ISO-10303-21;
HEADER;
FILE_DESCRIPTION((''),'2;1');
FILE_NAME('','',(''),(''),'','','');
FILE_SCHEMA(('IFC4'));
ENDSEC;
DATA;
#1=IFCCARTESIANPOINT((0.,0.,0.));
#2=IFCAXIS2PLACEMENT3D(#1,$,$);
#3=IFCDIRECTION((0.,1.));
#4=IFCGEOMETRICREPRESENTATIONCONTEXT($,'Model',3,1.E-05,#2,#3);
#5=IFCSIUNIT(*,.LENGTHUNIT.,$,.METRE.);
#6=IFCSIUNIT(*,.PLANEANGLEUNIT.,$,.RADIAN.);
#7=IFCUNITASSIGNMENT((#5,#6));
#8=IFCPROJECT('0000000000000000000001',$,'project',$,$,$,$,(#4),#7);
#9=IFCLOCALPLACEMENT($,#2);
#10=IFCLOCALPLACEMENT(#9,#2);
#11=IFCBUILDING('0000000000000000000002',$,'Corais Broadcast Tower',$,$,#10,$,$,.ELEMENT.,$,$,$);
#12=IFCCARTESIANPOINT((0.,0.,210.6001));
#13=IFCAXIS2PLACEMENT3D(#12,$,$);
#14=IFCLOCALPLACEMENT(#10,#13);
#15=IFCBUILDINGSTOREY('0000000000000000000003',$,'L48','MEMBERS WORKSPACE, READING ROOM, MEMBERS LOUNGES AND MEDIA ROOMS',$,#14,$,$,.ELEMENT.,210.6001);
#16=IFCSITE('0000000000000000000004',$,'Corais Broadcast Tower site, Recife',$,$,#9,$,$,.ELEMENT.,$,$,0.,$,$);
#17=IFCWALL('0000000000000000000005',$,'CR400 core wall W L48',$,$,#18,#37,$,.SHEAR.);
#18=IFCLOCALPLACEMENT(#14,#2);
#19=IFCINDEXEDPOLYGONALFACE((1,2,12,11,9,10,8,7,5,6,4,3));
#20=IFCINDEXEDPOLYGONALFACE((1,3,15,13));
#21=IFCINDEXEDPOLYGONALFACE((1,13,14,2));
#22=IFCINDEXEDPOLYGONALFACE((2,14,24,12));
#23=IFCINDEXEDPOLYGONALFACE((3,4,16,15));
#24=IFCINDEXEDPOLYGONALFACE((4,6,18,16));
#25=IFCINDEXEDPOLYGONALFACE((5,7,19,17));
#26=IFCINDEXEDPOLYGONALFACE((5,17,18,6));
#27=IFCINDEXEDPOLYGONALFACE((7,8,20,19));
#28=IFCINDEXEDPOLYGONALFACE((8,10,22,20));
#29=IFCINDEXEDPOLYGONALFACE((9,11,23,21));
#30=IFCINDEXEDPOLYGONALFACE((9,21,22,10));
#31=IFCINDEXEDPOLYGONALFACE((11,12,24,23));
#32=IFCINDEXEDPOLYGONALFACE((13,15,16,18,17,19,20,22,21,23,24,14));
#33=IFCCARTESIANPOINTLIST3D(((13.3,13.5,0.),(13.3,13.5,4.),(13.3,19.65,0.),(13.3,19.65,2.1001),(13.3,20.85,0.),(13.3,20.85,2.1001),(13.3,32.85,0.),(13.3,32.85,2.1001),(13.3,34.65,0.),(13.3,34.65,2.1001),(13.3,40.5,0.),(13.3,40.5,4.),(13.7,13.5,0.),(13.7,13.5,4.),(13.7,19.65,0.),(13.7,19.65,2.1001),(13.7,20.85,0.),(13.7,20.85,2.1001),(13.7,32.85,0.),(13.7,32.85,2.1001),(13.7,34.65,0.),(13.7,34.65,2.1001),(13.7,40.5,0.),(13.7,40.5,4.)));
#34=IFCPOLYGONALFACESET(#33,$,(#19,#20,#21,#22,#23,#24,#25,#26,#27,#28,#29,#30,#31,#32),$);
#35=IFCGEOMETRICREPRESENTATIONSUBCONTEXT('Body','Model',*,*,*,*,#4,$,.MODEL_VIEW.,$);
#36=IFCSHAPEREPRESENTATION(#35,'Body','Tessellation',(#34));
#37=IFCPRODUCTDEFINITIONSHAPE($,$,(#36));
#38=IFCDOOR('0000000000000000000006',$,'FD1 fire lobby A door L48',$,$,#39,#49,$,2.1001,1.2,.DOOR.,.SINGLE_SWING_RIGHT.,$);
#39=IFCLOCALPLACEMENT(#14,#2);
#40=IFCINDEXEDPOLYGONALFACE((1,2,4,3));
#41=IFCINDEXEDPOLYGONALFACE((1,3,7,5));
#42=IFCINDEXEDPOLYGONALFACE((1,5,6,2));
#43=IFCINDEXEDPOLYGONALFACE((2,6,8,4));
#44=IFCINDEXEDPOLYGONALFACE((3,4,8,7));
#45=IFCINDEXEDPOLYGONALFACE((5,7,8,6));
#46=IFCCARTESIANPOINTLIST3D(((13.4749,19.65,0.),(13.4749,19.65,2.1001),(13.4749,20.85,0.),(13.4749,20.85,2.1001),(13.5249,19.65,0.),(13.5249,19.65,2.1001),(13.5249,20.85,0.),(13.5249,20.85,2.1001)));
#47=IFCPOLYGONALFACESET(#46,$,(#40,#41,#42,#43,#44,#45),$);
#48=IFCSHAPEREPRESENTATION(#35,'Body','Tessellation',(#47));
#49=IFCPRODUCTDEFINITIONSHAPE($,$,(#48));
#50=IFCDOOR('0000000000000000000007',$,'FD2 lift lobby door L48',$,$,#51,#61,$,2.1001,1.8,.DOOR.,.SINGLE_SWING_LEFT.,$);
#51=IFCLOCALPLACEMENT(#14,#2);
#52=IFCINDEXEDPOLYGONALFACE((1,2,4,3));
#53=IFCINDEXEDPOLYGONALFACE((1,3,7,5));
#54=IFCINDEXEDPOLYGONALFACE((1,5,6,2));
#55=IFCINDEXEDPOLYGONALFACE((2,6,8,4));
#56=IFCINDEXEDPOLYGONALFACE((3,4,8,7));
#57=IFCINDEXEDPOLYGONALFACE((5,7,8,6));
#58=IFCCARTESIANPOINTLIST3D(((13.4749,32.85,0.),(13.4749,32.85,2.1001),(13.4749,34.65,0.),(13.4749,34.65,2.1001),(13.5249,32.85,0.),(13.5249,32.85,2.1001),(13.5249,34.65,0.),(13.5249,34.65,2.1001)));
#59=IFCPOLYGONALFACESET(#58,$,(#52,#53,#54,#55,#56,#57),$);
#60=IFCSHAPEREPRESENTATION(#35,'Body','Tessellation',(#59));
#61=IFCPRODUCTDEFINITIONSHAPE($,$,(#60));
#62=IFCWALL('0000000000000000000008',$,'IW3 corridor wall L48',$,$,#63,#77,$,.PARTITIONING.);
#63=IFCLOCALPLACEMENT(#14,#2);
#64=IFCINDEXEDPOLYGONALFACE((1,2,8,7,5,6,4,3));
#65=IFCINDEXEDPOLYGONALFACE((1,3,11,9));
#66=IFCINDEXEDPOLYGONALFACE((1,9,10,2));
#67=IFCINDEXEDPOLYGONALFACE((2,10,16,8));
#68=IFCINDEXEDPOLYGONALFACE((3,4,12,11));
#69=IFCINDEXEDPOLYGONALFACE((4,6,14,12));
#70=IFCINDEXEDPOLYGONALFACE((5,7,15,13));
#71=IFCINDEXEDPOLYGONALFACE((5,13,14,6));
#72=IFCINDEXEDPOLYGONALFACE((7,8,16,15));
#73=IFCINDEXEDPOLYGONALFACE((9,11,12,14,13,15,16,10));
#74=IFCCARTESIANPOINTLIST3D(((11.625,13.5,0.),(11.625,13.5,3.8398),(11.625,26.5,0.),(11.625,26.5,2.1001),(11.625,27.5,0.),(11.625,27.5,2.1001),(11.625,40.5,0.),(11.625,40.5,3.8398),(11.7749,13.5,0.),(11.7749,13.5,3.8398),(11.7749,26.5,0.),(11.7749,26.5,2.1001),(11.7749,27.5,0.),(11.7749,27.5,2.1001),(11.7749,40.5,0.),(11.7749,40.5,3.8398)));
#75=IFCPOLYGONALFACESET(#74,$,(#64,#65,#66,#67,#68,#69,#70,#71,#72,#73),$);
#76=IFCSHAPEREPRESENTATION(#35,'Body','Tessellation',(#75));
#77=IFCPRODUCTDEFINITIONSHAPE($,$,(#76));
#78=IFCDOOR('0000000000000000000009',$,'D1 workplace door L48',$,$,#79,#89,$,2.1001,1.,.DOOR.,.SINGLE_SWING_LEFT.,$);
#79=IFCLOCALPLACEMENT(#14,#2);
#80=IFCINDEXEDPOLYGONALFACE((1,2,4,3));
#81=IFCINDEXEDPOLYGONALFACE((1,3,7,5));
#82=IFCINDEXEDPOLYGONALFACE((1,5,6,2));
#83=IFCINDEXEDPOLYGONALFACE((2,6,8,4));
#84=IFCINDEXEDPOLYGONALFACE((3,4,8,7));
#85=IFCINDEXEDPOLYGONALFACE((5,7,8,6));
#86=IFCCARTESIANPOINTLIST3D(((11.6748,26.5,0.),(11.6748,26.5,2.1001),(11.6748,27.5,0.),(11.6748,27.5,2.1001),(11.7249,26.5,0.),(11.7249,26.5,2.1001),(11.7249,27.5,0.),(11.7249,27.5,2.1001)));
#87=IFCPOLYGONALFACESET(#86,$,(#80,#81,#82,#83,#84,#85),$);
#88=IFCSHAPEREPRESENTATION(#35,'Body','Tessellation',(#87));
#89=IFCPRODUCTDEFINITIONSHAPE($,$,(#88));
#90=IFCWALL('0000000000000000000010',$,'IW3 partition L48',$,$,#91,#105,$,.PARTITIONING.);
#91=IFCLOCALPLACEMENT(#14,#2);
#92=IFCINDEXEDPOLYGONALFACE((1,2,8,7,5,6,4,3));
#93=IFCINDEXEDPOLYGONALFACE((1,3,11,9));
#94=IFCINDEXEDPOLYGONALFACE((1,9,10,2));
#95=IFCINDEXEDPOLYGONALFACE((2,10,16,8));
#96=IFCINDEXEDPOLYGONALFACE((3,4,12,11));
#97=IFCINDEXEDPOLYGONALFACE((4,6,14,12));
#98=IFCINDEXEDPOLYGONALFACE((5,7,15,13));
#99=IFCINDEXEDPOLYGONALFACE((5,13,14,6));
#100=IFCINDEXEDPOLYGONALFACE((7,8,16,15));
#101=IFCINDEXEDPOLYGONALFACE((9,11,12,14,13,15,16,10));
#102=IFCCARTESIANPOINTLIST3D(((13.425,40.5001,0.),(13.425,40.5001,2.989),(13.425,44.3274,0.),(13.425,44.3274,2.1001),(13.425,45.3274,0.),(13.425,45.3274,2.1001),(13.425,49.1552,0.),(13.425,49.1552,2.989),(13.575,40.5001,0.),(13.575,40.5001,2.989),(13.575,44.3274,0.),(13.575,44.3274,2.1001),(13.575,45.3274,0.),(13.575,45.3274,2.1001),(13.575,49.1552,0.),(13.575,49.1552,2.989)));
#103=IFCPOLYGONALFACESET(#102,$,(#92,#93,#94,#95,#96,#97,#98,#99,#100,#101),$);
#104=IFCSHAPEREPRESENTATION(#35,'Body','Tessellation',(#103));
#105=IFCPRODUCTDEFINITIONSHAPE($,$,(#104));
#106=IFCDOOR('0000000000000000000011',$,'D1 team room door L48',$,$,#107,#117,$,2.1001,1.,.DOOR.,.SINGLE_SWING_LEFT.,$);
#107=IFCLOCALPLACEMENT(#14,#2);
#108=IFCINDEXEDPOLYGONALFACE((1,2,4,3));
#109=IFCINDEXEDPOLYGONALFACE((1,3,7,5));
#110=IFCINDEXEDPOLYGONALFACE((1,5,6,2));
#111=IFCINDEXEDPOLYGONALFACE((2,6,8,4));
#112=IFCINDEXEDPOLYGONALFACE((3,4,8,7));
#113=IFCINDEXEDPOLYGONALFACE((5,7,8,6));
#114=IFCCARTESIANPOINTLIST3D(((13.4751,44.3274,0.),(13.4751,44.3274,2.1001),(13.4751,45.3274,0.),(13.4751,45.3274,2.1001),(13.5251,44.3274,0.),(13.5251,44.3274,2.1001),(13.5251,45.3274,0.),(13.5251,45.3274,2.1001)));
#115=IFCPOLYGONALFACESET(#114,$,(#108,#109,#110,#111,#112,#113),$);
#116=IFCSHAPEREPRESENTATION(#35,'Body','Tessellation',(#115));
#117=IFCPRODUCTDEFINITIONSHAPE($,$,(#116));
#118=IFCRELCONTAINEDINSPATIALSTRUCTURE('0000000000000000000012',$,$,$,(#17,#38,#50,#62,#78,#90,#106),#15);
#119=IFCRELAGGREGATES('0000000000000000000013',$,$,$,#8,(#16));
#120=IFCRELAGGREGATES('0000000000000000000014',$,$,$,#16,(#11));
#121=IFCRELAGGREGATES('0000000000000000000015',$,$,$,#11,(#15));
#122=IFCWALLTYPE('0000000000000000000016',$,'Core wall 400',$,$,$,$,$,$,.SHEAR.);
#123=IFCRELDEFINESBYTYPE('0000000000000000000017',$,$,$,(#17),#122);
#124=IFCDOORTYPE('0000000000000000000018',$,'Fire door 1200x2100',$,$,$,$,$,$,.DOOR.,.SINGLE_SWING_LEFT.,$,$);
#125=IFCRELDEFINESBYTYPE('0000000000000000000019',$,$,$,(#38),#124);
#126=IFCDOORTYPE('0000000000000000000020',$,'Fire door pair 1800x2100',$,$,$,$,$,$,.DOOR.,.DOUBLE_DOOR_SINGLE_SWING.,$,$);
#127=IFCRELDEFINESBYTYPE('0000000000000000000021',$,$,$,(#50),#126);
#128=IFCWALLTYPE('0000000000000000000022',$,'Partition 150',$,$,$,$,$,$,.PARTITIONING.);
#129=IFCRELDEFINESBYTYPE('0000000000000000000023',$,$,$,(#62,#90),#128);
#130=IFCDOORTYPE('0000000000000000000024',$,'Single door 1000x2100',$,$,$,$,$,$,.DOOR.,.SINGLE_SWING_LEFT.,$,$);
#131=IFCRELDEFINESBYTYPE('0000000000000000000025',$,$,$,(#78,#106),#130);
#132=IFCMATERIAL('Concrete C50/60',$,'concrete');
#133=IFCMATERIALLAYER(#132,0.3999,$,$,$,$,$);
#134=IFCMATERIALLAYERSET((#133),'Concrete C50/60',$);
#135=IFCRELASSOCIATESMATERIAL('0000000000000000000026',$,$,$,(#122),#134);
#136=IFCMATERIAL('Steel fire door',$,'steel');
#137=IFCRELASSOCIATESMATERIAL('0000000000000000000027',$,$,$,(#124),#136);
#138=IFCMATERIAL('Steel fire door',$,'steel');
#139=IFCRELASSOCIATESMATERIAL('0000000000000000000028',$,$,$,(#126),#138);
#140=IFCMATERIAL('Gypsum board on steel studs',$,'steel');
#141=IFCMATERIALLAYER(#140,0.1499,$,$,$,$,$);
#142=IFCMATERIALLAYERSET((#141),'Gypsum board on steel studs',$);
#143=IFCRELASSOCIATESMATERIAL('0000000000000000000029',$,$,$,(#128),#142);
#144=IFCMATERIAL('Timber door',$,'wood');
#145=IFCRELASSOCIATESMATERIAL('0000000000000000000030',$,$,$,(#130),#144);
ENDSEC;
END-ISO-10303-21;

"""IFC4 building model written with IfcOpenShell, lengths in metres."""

from ifc_helpers import new_model, si_unit, direction, frame, frame_2d, origin, place, context, subcontext, project, spatial, rectangle, extrude, material, layer, layer_set, type_object, element, fill, save


model = new_model("IFC4")

# Units and contexts
model_context = context("Model", 3, precision=1e-05, world=origin(), true_north=direction((0.0, 1.0)))
body_context = subcontext(model_context, "Body", "Model", "MODEL_VIEW")
ifc_project = project(units=[si_unit("LENGTHUNIT", "METRE"), si_unit("PLANEANGLEUNIT", "RADIAN")], contexts=[model_context])

# Site, building, storey
site_placement = place(None, origin())
site = spatial("IfcSite", under=ifc_project, at=site_placement, Name="Corais Broadcast Tower site, Recife", CompositionType="ELEMENT", RefElevation=0.0)
building_placement = place(site_placement, origin())
building = spatial("IfcBuilding", under=site, at=building_placement, Name="Corais Broadcast Tower", CompositionType="ELEMENT")
storey_placement = place(building_placement, frame((0.0, 0.0, 210.6001)))
storey = spatial("IfcBuildingStorey", under=building, at=storey_placement, Name="L48", Description="MEMBERS WORKSPACE, READING ROOM, MEMBERS LOUNGES AND MEDIA ROOMS", CompositionType="ELEMENT", Elevation=210.6001)

# Wall, openings, doors
ifc_material_1 = material(Name="Concrete C50/60", Category="concrete")
ifc_layer_1 = layer(ifc_material_1, 0.3999)
ifc_layer_set_1 = layer_set([ifc_layer_1], Name="Concrete C50/60")
wall_type_1 = type_object("IfcWallType", Name="Core wall 400", PredefinedType="SHEAR", material=ifc_layer_set_1)
wall_1_placement = place(storey_placement, frame((13.5, 40.5, 0.0), z_axis=(0.0, 0.0, 1.0), x_axis=(0.0, -1.0, 0.0)))
wall_1 = element("IfcWall", 1, at=wall_1_placement, inside=storey, type_object=wall_type_1, Name="CR400 core wall W L48", PredefinedType="SHEAR", context=body_context, shape_type="SweptSolid", body=[
    extrude(rectangle(XDim=27.0, YDim=0.3999, at=frame_2d((13.5, 0.0))), origin(), (0.0, 0.0, 1.0), 4.0),
])
opening_1_placement = place(wall_1_placement, frame((19.6499, 0.0, 0.0)))
opening_1 = element("IfcOpeningElement", 2, at=opening_1_placement, cuts=wall_1, PredefinedType="OPENING", context=body_context, shape_type="SweptSolid", body=[
    extrude(rectangle(XDim=1.2, YDim=2.1001, at=frame_2d((0.6001, 1.05))), frame((0.0, 0.21, 0.0), z_axis=(0.0, -1.0, 0.0), x_axis=(1.0, 0.0, 0.0)), (0.0, 0.0, 1.0), 0.4199),
])
opening_2_placement = place(wall_1_placement, frame((5.8501, 0.0, 0.0)))
opening_2 = element("IfcOpeningElement", 3, at=opening_2_placement, cuts=wall_1, PredefinedType="OPENING", context=body_context, shape_type="SweptSolid", body=[
    extrude(rectangle(XDim=1.8, YDim=2.1001, at=frame_2d((0.8999, 1.05))), frame((0.0, 0.21, 0.0), z_axis=(0.0, -1.0, 0.0), x_axis=(1.0, 0.0, 0.0)), (0.0, 0.0, 1.0), 0.4199),
])
ifc_material_2 = material(Name="Steel fire door", Category="steel")
door_type_1 = type_object("IfcDoorType", Name="Fire door 1200x2100", OperationType="SINGLE_SWING_LEFT", PredefinedType="DOOR", material=ifc_material_2)
door_1_placement = place(opening_1_placement, origin())
door_1 = element("IfcDoor", 4, at=door_1_placement, inside=storey, type_object=door_type_1, Name="FD1 fire lobby A door L48", OperationType="SINGLE_SWING_RIGHT", OverallHeight=2.1001, OverallWidth=1.2, PredefinedType="DOOR", context=body_context, shape_type="SweptSolid", body=[
    extrude(rectangle(XDim=1.2, YDim=2.1001, at=frame_2d((0.6001, 1.05))), frame((0.0, 0.0249, 0.0), z_axis=(0.0, -1.0, 0.0), x_axis=(1.0, 0.0, 0.0)), (0.0, 0.0, 1.0), 0.05),
])
fill(opening_1, door_1)
ifc_material_3 = material(Name="Steel fire door", Category="steel")
door_type_2 = type_object("IfcDoorType", Name="Fire door pair 1800x2100", OperationType="DOUBLE_DOOR_SINGLE_SWING", PredefinedType="DOOR", material=ifc_material_3)
door_2_placement = place(opening_2_placement, origin())
door_2 = element("IfcDoor", 5, at=door_2_placement, inside=storey, type_object=door_type_2, Name="FD2 lift lobby door L48", OperationType="SINGLE_SWING_LEFT", OverallHeight=2.1001, OverallWidth=1.8, PredefinedType="DOOR", context=body_context, shape_type="SweptSolid", body=[
    extrude(rectangle(XDim=1.8, YDim=2.1001, at=frame_2d((0.8999, 1.05))), frame((0.0, 0.0249, 0.0), z_axis=(0.0, -1.0, 0.0), x_axis=(1.0, 0.0, 0.0)), (0.0, 0.0, 1.0), 0.05),
])
fill(opening_2, door_2)

# Walls, openings, doors
ifc_material_4 = material(Name="Gypsum board on steel studs", Category="steel")
ifc_layer_2 = layer(ifc_material_4, 0.1499)
ifc_layer_set_2 = layer_set([ifc_layer_2], Name="Gypsum board on steel studs")
wall_type_2 = type_object("IfcWallType", Name="Partition 150", PredefinedType="PARTITIONING", material=ifc_layer_set_2)
wall_2_placement = place(storey_placement, frame((11.7, 40.5, 0.0), z_axis=(0.0, 0.0, 1.0), x_axis=(0.0, -1.0, 0.0)))
wall_2 = element("IfcWall", 6, at=wall_2_placement, inside=storey, type_object=wall_type_2, Name="IW3 corridor wall L48", PredefinedType="PARTITIONING", context=body_context, shape_type="SweptSolid", body=[
    extrude(rectangle(XDim=27.0, YDim=0.1499, at=frame_2d((13.5, 0.0))), origin(), (0.0, 0.0, 1.0), 3.8398),
])
opening_3_placement = place(wall_2_placement, frame((13.0, 0.0, 0.0)))
opening_3 = element("IfcOpeningElement", 7, at=opening_3_placement, cuts=wall_2, PredefinedType="OPENING", context=body_context, shape_type="SweptSolid", body=[
    extrude(rectangle(XDim=1.0, YDim=2.1001, at=frame_2d((0.5, 1.05))), frame((0.0, 0.085, 0.0), z_axis=(0.0, -1.0, 0.0), x_axis=(1.0, 0.0, 0.0)), (0.0, 0.0, 1.0), 0.1699),
])
ifc_material_5 = material(Name="Timber door", Category="wood")
door_type_3 = type_object("IfcDoorType", Name="Single door 1000x2100", OperationType="SINGLE_SWING_LEFT", PredefinedType="DOOR", material=ifc_material_5)
door_3_placement = place(opening_3_placement, origin())
door_3 = element("IfcDoor", 8, at=door_3_placement, inside=storey, type_object=door_type_3, Name="D1 workplace door L48", OperationType="SINGLE_SWING_LEFT", OverallHeight=2.1001, OverallWidth=1.0, PredefinedType="DOOR", context=body_context, shape_type="SweptSolid", body=[
    extrude(rectangle(XDim=1.0, YDim=2.1001, at=frame_2d((0.5, 1.05))), frame((0.0, 0.0249, 0.0), z_axis=(0.0, -1.0, 0.0), x_axis=(1.0, 0.0, 0.0)), (0.0, 0.0, 1.0), 0.05),
])
fill(opening_3, door_3)
wall_3_placement = place(storey_placement, frame((13.5, 40.5, 0.0), z_axis=(0.0, 0.0, 1.0), x_axis=(0.0, 1.0, 0.0)))
wall_3 = element("IfcWall", 9, at=wall_3_placement, inside=storey, type_object=wall_type_2, Name="IW3 partition L48", PredefinedType="PARTITIONING", context=body_context, shape_type="SweptSolid", body=[
    extrude(rectangle(XDim=8.655, YDim=0.1499, at=frame_2d((4.3276, 0.0))), origin(), (0.0, 0.0, 1.0), 2.989),
])
opening_4_placement = place(wall_3_placement, frame((3.8274, 0.0, 0.0)))
opening_4 = element("IfcOpeningElement", 10, at=opening_4_placement, cuts=wall_3, PredefinedType="OPENING", context=body_context, shape_type="SweptSolid", body=[
    extrude(rectangle(XDim=1.0, YDim=2.1001, at=frame_2d((0.5, 1.05))), frame((0.0, 0.085, 0.0), z_axis=(0.0, -1.0, 0.0), x_axis=(1.0, 0.0, 0.0)), (0.0, 0.0, 1.0), 0.1699),
])
door_4_placement = place(opening_4_placement, origin())
door_4 = element("IfcDoor", 11, at=door_4_placement, inside=storey, type_object=door_type_3, Name="D1 team room door L48", OperationType="SINGLE_SWING_LEFT", OverallHeight=2.1001, OverallWidth=1.0, PredefinedType="DOOR", context=body_context, shape_type="SweptSolid", body=[
    extrude(rectangle(XDim=1.0, YDim=2.1001, at=frame_2d((0.5, 1.05))), frame((0.0, 0.0249, 0.0), z_axis=(0.0, -1.0, 0.0), x_axis=(1.0, 0.0, 0.0)), (0.0, 0.0, 1.0), 0.05),
])
fill(opening_4, door_4)

save(model, "model.ifc")
